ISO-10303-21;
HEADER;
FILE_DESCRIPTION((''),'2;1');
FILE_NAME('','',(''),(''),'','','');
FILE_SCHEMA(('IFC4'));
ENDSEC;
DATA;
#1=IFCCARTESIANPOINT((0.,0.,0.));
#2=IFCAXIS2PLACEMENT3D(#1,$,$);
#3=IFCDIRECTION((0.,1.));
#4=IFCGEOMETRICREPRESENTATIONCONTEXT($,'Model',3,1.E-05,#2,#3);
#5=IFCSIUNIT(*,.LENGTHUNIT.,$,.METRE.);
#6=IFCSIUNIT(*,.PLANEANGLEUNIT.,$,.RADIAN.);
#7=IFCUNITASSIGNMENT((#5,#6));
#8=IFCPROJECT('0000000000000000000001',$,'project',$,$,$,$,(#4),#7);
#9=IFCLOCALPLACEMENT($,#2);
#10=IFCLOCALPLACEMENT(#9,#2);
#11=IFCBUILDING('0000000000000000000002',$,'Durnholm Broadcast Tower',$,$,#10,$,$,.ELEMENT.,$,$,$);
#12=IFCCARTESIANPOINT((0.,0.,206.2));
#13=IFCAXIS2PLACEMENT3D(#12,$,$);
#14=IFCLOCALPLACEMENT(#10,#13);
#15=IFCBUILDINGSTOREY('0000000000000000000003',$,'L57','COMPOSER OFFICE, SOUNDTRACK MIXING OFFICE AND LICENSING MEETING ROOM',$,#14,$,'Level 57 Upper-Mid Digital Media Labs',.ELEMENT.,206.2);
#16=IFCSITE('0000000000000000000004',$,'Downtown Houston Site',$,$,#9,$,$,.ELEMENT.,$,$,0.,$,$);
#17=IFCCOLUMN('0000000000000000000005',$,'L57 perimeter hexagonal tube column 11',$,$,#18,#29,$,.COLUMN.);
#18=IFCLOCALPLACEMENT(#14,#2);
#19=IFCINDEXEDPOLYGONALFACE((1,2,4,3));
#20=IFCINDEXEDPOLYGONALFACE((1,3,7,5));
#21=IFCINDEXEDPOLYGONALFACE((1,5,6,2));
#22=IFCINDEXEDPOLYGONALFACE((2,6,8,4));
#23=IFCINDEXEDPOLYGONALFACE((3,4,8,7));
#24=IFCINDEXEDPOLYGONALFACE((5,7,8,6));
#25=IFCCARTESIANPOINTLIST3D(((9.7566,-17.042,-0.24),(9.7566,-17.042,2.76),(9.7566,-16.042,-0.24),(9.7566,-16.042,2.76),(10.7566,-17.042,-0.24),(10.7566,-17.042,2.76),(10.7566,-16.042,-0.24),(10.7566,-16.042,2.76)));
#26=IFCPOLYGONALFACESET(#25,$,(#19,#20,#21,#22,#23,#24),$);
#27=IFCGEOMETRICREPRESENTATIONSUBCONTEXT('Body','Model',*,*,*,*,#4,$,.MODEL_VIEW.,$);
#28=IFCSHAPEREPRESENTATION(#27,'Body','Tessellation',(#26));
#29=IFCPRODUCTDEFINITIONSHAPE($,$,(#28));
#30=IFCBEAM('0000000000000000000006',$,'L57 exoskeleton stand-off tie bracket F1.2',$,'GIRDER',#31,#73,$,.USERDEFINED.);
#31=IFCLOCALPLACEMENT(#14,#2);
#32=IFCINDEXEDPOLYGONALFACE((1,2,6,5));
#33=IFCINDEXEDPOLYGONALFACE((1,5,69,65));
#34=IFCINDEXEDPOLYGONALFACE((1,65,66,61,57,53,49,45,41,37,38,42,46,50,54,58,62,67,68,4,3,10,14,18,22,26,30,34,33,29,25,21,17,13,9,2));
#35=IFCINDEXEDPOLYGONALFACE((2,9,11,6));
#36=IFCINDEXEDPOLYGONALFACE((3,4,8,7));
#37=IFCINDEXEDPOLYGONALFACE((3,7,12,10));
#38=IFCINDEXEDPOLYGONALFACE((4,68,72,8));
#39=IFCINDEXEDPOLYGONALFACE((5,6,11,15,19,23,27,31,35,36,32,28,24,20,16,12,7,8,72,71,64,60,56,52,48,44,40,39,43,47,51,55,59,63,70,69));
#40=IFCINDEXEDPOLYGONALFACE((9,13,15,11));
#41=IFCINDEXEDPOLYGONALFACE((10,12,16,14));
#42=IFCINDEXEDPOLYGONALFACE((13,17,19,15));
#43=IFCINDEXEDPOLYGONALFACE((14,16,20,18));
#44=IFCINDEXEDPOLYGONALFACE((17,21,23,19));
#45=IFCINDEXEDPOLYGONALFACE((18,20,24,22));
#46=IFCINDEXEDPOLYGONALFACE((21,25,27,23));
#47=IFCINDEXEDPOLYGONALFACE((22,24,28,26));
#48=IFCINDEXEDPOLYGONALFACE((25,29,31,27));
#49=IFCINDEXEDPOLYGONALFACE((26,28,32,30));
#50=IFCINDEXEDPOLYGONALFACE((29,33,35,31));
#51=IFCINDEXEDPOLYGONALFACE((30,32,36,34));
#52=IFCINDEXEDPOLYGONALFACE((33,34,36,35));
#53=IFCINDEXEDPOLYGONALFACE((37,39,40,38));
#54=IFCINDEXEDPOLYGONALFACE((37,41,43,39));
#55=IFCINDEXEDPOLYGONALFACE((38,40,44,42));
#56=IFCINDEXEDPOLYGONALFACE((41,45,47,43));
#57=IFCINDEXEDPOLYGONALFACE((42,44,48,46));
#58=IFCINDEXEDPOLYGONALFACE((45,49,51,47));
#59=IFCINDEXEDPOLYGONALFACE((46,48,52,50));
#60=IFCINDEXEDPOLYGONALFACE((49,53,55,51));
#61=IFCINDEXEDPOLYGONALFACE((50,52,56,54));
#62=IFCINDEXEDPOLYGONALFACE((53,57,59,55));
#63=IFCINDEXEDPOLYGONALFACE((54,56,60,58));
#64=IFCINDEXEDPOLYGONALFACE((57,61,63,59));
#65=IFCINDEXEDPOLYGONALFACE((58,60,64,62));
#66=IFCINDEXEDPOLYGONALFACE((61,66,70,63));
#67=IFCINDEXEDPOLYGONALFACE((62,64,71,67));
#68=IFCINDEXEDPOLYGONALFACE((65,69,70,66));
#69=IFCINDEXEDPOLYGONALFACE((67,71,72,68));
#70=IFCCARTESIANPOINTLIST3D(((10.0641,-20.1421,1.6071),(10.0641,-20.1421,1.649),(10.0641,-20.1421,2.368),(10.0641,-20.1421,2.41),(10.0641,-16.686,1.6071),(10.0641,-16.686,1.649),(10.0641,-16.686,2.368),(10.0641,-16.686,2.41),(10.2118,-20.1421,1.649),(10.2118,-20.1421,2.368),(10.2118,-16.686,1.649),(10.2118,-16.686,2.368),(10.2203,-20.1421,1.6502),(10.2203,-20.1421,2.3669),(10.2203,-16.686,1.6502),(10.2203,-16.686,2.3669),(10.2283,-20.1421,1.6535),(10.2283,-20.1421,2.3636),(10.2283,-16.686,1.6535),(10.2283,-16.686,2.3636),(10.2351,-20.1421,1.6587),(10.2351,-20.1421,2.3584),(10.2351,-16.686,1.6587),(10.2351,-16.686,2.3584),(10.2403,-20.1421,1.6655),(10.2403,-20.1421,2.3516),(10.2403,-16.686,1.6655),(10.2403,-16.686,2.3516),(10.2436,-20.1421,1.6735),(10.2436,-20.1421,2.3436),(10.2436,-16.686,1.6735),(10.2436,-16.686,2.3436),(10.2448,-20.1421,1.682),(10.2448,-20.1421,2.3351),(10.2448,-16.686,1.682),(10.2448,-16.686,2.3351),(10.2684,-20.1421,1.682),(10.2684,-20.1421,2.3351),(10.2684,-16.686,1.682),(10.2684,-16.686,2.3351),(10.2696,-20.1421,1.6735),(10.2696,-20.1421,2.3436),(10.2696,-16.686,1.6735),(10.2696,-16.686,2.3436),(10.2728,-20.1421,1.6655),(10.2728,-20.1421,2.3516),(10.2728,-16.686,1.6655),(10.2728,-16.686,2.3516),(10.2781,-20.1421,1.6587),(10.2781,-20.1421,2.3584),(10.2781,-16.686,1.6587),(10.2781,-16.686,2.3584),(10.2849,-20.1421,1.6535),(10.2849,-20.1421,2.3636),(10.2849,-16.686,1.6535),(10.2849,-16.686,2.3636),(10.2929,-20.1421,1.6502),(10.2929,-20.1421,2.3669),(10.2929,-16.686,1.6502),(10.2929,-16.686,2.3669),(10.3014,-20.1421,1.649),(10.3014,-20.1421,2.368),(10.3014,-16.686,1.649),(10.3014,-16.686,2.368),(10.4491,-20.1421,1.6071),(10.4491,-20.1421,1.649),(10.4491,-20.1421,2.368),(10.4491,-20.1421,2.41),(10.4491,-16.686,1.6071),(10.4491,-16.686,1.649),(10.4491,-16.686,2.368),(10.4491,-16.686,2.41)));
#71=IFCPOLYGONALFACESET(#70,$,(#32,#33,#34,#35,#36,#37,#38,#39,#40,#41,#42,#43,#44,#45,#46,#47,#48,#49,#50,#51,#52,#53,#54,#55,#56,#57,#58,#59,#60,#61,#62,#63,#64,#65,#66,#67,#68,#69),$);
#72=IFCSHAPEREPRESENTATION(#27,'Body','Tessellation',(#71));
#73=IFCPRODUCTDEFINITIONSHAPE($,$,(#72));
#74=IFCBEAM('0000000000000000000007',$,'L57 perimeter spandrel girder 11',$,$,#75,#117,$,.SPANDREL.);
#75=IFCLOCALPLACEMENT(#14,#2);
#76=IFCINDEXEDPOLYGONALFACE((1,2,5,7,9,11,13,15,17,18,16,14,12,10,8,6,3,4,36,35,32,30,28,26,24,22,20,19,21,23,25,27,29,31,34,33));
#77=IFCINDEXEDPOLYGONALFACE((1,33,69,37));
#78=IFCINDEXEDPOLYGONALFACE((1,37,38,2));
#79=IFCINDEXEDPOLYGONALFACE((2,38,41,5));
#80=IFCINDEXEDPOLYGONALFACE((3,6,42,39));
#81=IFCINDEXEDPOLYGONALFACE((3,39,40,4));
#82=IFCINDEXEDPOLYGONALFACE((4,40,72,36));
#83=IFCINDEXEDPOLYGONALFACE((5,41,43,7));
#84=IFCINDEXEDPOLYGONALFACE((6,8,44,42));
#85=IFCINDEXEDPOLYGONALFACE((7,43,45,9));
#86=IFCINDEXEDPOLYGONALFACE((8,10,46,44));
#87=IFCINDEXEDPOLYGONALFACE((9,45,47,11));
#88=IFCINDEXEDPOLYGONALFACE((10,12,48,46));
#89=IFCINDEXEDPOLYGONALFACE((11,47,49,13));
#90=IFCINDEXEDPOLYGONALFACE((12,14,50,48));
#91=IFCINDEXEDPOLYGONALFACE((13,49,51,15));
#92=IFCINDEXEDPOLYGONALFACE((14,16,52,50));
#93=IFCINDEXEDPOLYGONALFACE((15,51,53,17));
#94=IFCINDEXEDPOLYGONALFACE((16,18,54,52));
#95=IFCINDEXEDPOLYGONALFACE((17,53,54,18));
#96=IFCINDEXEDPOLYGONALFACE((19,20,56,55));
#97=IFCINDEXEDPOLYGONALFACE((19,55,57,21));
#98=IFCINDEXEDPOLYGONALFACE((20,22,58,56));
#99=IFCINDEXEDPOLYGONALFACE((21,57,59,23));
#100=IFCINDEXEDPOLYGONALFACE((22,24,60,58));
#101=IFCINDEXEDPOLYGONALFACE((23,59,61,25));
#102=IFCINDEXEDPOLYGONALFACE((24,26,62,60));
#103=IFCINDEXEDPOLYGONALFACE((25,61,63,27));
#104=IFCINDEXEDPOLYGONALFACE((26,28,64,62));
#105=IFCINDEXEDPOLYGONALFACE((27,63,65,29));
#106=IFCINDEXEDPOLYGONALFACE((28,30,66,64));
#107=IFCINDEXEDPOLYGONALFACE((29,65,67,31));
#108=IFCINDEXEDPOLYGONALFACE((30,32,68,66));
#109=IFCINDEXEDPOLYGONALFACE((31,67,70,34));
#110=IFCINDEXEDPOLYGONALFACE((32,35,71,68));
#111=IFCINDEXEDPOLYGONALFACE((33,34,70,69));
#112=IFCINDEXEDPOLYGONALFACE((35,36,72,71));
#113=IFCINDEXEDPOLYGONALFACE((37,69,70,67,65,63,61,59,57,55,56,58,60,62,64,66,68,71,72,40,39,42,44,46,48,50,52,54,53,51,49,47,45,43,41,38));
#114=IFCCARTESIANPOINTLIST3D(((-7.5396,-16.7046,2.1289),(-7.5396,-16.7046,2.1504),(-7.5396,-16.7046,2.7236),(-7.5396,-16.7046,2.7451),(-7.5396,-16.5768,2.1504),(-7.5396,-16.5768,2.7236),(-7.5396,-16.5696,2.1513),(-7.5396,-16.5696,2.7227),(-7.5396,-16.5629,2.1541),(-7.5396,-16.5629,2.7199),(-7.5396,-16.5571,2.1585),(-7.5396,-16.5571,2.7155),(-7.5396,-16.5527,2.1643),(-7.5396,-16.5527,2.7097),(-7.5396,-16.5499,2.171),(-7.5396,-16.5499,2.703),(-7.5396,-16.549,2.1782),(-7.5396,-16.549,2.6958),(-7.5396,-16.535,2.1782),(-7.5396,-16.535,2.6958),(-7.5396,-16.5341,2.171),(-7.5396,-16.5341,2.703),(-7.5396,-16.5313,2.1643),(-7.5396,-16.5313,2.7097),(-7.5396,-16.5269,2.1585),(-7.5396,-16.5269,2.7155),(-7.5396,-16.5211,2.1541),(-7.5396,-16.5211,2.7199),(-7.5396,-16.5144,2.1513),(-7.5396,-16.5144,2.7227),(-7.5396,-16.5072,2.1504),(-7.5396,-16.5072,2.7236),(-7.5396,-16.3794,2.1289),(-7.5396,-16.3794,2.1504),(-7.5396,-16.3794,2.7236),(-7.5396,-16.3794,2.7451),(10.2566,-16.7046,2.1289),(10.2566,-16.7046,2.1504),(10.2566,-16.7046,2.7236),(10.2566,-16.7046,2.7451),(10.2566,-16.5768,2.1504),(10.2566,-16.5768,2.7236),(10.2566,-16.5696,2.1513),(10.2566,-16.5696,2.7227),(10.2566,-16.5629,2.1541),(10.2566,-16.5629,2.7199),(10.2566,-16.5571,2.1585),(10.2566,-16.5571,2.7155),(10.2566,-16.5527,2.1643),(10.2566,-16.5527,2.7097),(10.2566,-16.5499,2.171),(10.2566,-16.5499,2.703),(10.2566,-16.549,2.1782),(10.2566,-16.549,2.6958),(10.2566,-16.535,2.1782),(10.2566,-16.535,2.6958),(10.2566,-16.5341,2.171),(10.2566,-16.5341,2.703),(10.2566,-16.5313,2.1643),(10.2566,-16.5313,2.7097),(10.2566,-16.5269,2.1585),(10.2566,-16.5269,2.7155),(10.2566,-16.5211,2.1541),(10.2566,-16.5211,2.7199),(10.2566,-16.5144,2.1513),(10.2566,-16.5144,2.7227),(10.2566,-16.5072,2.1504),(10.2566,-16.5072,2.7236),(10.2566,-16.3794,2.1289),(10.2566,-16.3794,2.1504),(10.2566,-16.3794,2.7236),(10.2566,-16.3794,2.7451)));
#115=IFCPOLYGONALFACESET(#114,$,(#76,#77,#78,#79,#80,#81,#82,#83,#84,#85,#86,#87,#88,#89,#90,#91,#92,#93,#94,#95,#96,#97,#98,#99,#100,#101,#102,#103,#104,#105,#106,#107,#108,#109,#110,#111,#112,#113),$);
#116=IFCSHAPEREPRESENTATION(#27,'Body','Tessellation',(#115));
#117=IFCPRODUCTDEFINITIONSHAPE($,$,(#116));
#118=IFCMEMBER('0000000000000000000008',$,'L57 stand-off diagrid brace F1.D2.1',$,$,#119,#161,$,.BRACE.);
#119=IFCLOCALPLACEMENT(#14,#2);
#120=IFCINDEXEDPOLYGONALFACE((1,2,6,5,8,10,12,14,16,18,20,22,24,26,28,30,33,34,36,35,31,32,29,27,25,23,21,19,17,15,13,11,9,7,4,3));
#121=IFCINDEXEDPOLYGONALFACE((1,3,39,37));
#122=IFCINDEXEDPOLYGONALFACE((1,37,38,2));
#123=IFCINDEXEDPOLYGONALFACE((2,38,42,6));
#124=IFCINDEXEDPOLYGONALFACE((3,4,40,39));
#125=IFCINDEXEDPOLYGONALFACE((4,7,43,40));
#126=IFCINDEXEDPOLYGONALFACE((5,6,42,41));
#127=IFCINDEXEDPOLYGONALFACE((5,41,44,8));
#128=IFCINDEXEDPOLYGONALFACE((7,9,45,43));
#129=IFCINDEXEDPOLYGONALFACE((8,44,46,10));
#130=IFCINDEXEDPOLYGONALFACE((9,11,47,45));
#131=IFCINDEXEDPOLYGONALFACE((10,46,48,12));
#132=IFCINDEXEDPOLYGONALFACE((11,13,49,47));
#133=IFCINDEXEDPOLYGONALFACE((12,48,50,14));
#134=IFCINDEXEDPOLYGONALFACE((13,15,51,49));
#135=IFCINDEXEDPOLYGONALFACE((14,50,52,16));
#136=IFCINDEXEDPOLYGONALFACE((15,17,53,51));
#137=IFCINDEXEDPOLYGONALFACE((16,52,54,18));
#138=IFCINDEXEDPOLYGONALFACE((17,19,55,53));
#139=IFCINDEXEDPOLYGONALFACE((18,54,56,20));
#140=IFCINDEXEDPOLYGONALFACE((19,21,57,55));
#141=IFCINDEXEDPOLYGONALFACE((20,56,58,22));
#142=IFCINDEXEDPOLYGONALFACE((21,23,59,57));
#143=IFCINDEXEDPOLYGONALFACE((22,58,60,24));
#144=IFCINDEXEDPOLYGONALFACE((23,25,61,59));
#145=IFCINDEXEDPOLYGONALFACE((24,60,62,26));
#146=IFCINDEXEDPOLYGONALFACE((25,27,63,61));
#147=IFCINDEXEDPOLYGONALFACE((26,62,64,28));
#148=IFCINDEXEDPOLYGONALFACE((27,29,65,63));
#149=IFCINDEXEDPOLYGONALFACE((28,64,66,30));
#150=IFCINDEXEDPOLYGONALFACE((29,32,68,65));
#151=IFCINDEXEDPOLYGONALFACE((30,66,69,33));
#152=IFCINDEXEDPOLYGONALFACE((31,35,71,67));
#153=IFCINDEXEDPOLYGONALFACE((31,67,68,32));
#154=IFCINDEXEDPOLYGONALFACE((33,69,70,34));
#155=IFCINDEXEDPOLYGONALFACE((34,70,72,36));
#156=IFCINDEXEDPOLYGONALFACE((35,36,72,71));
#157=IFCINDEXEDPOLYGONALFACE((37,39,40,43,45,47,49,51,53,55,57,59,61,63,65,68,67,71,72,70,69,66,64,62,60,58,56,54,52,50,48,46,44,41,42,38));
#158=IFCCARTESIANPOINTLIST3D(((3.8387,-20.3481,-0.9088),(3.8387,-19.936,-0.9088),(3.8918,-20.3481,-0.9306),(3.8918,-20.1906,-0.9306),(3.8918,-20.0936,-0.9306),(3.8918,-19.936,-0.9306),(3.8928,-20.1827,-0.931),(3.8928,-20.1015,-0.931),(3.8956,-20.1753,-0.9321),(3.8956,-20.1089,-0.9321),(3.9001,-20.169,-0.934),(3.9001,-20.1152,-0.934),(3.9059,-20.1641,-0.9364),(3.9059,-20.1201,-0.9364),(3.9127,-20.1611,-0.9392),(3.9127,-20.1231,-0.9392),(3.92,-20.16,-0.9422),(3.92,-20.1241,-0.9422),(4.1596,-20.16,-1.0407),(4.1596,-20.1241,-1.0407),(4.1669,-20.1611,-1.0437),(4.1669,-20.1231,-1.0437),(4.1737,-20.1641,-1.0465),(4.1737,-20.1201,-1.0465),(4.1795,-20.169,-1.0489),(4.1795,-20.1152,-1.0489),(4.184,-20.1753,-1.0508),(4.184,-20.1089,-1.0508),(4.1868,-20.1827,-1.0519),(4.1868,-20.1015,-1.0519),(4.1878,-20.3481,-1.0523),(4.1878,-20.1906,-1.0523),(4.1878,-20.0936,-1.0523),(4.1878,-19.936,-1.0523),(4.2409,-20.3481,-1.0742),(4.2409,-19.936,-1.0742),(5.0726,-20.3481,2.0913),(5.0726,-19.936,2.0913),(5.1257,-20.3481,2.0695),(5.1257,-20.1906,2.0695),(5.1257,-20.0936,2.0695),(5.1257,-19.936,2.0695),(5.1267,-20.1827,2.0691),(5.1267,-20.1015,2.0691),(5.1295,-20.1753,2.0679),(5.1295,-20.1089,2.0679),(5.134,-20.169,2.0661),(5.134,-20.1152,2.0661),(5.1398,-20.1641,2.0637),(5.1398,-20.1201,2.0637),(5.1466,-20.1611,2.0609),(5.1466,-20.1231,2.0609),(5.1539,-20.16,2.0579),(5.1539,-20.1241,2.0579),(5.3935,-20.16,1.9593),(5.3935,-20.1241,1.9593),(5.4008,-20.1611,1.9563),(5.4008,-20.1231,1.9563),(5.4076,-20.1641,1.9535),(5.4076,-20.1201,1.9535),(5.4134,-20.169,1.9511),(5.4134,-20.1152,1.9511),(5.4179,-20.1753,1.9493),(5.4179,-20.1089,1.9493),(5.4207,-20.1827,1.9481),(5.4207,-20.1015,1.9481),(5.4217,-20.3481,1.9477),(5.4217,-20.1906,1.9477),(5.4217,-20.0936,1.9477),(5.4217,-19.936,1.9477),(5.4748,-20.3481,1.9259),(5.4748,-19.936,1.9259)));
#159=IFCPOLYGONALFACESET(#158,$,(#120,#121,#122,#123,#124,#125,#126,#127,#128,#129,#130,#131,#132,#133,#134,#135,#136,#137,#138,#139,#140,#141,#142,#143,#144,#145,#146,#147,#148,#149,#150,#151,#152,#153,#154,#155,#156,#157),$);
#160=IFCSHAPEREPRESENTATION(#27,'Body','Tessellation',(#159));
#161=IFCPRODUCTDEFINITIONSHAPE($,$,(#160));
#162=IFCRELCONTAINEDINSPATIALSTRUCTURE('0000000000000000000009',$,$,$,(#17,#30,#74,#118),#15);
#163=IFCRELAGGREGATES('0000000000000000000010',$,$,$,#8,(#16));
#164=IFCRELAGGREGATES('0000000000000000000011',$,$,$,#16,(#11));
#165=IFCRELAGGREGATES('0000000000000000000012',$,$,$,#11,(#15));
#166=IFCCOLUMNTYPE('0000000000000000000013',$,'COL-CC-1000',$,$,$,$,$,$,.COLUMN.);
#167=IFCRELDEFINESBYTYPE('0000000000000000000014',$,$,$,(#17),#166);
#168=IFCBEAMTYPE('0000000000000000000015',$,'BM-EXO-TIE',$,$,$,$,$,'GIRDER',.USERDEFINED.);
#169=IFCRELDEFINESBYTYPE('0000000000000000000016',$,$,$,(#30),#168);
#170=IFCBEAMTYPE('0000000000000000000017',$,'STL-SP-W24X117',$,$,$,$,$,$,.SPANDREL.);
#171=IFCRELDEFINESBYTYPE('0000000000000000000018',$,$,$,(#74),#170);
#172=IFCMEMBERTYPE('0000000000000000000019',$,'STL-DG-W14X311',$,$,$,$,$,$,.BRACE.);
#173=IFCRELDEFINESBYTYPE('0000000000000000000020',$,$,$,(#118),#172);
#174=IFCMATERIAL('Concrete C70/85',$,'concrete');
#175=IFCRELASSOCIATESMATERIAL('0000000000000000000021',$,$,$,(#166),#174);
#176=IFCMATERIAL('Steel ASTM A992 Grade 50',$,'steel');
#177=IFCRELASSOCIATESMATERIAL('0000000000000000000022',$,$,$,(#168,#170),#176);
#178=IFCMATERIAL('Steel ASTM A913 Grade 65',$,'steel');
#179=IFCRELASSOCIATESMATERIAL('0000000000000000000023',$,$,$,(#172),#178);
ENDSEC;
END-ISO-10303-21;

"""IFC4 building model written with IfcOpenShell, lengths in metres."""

from ifc_helpers import new_model, si_unit, direction, frame, origin, origin_2d, place, context, subcontext, project, spatial, rectangle, i_section, extrude, source, transform, mapped, material, material_profile, profile_set, type_object, type_shapes, element, save


model = new_model("IFC4")

# Units and contexts
model_context = context("Model", 3, precision=1e-05, world=origin(), true_north=direction((0.0, 1.0)))
body_context = subcontext(model_context, "Body", "Model", "MODEL_VIEW")
ifc_project = project(units=[si_unit("LENGTHUNIT", "METRE"), si_unit("PLANEANGLEUNIT", "RADIAN")], contexts=[model_context])

# Site, building, storey
site_placement = place(None, origin())
site = spatial("IfcSite", under=ifc_project, at=site_placement, Name="Downtown Houston Site", CompositionType="ELEMENT", RefElevation=0.0)
building_placement = place(site_placement, origin())
building = spatial("IfcBuilding", under=site, at=building_placement, Name="Durnholm Broadcast Tower", CompositionType="ELEMENT")
storey_placement = place(building_placement, frame((0.0, 0.0, 206.2)))
storey = spatial("IfcBuildingStorey", under=building, at=storey_placement, Name="L57", Description="COMPOSER OFFICE, SOUNDTRACK MIXING OFFICE AND LICENSING MEETING ROOM", LongName="Level 57 Upper-Mid Digital Media Labs", CompositionType="ELEMENT", Elevation=206.2)

# Column
ifc_material_1 = material(Name="Concrete C70/85", Category="concrete")
ifc_material_profile_1 = material_profile(ifc_material_1, rectangle(XDim=1.0, YDim=1.0, at=origin_2d()), Name="RC1000X1000")
ifc_profile_set_1 = profile_set([ifc_material_profile_1], Name="Concrete C70/85")
column_type = type_object("IfcColumnType", Name="COL-CC-1000", PredefinedType="COLUMN", material=ifc_profile_set_1)
shared_shape_1 = source(origin(), body_context, "Body", "SweptSolid", [
    extrude(rectangle(XDim=1.0, YDim=1.0, at=origin_2d()), origin(), (0.0, 0.0, 1.0), 3.0),
])
type_shapes(column_type, [shared_shape_1])
column_placement = place(storey_placement, frame((10.2566, -16.542, -0.24), z_axis=(0.0, 0.0, 1.0), x_axis=(1.0, 0.0, 0.0)))
element("IfcColumn", 1, at=column_placement, inside=storey, type_object=column_type, Name="L57 perimeter hexagonal tube column 11", PredefinedType="COLUMN", context=body_context, shape_type="MappedRepresentation", body=[
    mapped(shared_shape_1, transform((0.0, 0.0, 0.0), x_axis=(1.0, 0.0, 0.0), y_axis=(0.0, 1.0, 0.0), z_axis=(0.0, 0.0, 1.0), scale=1.0)),
])

# Beams
ifc_material_2 = material(Name="Steel ASTM A992 Grade 50", Category="steel")
ifc_material_profile_2 = material_profile(ifc_material_2, i_section(OverallWidth=0.385, OverallDepth=0.803, WebThickness=0.0237, FlangeThickness=0.042, FilletRadius=0.033, at=origin_2d()), Name="W30X261")
ifc_profile_set_2 = profile_set([ifc_material_profile_2], Name="Steel ASTM A992 Grade 50")
beam_type_1 = type_object("IfcBeamType", Name="BM-EXO-TIE", ElementType="GIRDER", PredefinedType="USERDEFINED", material=ifc_profile_set_2)
shared_shape_2 = source(origin(), body_context, "Body", "SweptSolid", [
    extrude(i_section(OverallWidth=0.385, OverallDepth=0.803, WebThickness=0.0237, FlangeThickness=0.042, FilletRadius=0.033, at=origin_2d()), origin(), (0.0, 0.0, 1.0), 3.4561),
])
type_shapes(beam_type_1, [shared_shape_2])
beam_1_placement = place(storey_placement, frame((10.2566, -16.686, 2.0085), z_axis=(0.0, -1.0, 0.0), x_axis=(1.0, 0.0, 0.0)))
element("IfcBeam", 2, at=beam_1_placement, inside=storey, type_object=beam_type_1, Name="L57 exoskeleton stand-off tie bracket F1.2", ObjectType="GIRDER", PredefinedType="USERDEFINED", context=body_context, shape_type="MappedRepresentation", body=[
    mapped(shared_shape_2, transform((0.0, 0.0, 0.0), x_axis=(1.0, 0.0, 0.0), y_axis=(0.0, 1.0, 0.0), z_axis=(0.0, 0.0, 1.0), scale=1.0)),
])
ifc_material_profile_3 = material_profile(ifc_material_2, i_section(OverallWidth=0.3252, OverallDepth=0.6162, WebThickness=0.0139, FlangeThickness=0.0215, FilletRadius=0.0278, at=origin_2d()), Name="W24X117")
ifc_profile_set_3 = profile_set([ifc_material_profile_3], Name="Steel ASTM A992 Grade 50")
beam_type_2 = type_object("IfcBeamType", Name="STL-SP-W24X117", PredefinedType="SPANDREL", material=ifc_profile_set_3)
shared_shape_3 = source(origin(), body_context, "Body", "SweptSolid", [
    extrude(i_section(OverallWidth=0.3252, OverallDepth=0.6162, WebThickness=0.0139, FlangeThickness=0.0215, FilletRadius=0.0278, at=origin_2d()), origin(), (0.0, 0.0, 1.0), 17.7961),
])
type_shapes(beam_type_2, [shared_shape_3])
beam_2_placement = place(storey_placement, frame((10.2566, -16.542, 2.437), z_axis=(-1.0, 0.0, 0.0), x_axis=(0.0, -1.0, 0.0)))
element("IfcBeam", 3, at=beam_2_placement, inside=storey, type_object=beam_type_2, Name="L57 perimeter spandrel girder 11", PredefinedType="SPANDREL", context=body_context, shape_type="MappedRepresentation", body=[
    mapped(shared_shape_3, transform((0.0, 0.0, 0.0), x_axis=(1.0, 0.0, 0.0), y_axis=(0.0, 1.0, 0.0), z_axis=(0.0, 0.0, 1.0), scale=1.0)),
])

# Member
ifc_material_3 = material(Name="Steel ASTM A913 Grade 65", Category="steel")
ifc_material_profile_4 = material_profile(ifc_material_3, i_section(OverallWidth=0.4121, OverallDepth=0.4348, WebThickness=0.0359, FlangeThickness=0.0574, FilletRadius=0.0305, at=origin_2d()), Name="W14X311")
ifc_profile_set_4 = profile_set([ifc_material_profile_4], Name="Steel ASTM A913 Grade 65")
member_type_1 = type_object("IfcMemberType", Name="STL-DG-W14X311", PredefinedType="BRACE", material=ifc_profile_set_4)
shared_shape_4 = source(origin(), body_context, "Body", "SweptSolid", [
    extrude(i_section(OverallWidth=0.4121, OverallDepth=0.4348, WebThickness=0.0359, FlangeThickness=0.0574, FilletRadius=0.0305, at=origin_2d()), origin(), (0.0, 0.0, 1.0), 3.2439),
])
type_shapes(member_type_1, [shared_shape_4])
for number, where, z_axis, x_axis, name in (
    (4, (4.0398, -20.1421, -0.9915), (0.380379, 0.0, 0.924831), (0.0, 1.0, 0.0), "L57 stand-off diagrid brace F1.D2.1"),
):
    element("IfcMember", number, at=place(storey_placement, frame(where, z_axis=z_axis, x_axis=x_axis)), inside=storey, type_object=member_type_1, Name=name, PredefinedType="BRACE", context=body_context, shape_type="MappedRepresentation", body=[
        mapped(shared_shape_4, transform((0.0, 0.0, 0.0), x_axis=(1.0, 0.0, 0.0), y_axis=(0.0, 1.0, 0.0), z_axis=(0.0, 0.0, 1.0), scale=1.0)),
    ])

save(model, "model.ifc")
